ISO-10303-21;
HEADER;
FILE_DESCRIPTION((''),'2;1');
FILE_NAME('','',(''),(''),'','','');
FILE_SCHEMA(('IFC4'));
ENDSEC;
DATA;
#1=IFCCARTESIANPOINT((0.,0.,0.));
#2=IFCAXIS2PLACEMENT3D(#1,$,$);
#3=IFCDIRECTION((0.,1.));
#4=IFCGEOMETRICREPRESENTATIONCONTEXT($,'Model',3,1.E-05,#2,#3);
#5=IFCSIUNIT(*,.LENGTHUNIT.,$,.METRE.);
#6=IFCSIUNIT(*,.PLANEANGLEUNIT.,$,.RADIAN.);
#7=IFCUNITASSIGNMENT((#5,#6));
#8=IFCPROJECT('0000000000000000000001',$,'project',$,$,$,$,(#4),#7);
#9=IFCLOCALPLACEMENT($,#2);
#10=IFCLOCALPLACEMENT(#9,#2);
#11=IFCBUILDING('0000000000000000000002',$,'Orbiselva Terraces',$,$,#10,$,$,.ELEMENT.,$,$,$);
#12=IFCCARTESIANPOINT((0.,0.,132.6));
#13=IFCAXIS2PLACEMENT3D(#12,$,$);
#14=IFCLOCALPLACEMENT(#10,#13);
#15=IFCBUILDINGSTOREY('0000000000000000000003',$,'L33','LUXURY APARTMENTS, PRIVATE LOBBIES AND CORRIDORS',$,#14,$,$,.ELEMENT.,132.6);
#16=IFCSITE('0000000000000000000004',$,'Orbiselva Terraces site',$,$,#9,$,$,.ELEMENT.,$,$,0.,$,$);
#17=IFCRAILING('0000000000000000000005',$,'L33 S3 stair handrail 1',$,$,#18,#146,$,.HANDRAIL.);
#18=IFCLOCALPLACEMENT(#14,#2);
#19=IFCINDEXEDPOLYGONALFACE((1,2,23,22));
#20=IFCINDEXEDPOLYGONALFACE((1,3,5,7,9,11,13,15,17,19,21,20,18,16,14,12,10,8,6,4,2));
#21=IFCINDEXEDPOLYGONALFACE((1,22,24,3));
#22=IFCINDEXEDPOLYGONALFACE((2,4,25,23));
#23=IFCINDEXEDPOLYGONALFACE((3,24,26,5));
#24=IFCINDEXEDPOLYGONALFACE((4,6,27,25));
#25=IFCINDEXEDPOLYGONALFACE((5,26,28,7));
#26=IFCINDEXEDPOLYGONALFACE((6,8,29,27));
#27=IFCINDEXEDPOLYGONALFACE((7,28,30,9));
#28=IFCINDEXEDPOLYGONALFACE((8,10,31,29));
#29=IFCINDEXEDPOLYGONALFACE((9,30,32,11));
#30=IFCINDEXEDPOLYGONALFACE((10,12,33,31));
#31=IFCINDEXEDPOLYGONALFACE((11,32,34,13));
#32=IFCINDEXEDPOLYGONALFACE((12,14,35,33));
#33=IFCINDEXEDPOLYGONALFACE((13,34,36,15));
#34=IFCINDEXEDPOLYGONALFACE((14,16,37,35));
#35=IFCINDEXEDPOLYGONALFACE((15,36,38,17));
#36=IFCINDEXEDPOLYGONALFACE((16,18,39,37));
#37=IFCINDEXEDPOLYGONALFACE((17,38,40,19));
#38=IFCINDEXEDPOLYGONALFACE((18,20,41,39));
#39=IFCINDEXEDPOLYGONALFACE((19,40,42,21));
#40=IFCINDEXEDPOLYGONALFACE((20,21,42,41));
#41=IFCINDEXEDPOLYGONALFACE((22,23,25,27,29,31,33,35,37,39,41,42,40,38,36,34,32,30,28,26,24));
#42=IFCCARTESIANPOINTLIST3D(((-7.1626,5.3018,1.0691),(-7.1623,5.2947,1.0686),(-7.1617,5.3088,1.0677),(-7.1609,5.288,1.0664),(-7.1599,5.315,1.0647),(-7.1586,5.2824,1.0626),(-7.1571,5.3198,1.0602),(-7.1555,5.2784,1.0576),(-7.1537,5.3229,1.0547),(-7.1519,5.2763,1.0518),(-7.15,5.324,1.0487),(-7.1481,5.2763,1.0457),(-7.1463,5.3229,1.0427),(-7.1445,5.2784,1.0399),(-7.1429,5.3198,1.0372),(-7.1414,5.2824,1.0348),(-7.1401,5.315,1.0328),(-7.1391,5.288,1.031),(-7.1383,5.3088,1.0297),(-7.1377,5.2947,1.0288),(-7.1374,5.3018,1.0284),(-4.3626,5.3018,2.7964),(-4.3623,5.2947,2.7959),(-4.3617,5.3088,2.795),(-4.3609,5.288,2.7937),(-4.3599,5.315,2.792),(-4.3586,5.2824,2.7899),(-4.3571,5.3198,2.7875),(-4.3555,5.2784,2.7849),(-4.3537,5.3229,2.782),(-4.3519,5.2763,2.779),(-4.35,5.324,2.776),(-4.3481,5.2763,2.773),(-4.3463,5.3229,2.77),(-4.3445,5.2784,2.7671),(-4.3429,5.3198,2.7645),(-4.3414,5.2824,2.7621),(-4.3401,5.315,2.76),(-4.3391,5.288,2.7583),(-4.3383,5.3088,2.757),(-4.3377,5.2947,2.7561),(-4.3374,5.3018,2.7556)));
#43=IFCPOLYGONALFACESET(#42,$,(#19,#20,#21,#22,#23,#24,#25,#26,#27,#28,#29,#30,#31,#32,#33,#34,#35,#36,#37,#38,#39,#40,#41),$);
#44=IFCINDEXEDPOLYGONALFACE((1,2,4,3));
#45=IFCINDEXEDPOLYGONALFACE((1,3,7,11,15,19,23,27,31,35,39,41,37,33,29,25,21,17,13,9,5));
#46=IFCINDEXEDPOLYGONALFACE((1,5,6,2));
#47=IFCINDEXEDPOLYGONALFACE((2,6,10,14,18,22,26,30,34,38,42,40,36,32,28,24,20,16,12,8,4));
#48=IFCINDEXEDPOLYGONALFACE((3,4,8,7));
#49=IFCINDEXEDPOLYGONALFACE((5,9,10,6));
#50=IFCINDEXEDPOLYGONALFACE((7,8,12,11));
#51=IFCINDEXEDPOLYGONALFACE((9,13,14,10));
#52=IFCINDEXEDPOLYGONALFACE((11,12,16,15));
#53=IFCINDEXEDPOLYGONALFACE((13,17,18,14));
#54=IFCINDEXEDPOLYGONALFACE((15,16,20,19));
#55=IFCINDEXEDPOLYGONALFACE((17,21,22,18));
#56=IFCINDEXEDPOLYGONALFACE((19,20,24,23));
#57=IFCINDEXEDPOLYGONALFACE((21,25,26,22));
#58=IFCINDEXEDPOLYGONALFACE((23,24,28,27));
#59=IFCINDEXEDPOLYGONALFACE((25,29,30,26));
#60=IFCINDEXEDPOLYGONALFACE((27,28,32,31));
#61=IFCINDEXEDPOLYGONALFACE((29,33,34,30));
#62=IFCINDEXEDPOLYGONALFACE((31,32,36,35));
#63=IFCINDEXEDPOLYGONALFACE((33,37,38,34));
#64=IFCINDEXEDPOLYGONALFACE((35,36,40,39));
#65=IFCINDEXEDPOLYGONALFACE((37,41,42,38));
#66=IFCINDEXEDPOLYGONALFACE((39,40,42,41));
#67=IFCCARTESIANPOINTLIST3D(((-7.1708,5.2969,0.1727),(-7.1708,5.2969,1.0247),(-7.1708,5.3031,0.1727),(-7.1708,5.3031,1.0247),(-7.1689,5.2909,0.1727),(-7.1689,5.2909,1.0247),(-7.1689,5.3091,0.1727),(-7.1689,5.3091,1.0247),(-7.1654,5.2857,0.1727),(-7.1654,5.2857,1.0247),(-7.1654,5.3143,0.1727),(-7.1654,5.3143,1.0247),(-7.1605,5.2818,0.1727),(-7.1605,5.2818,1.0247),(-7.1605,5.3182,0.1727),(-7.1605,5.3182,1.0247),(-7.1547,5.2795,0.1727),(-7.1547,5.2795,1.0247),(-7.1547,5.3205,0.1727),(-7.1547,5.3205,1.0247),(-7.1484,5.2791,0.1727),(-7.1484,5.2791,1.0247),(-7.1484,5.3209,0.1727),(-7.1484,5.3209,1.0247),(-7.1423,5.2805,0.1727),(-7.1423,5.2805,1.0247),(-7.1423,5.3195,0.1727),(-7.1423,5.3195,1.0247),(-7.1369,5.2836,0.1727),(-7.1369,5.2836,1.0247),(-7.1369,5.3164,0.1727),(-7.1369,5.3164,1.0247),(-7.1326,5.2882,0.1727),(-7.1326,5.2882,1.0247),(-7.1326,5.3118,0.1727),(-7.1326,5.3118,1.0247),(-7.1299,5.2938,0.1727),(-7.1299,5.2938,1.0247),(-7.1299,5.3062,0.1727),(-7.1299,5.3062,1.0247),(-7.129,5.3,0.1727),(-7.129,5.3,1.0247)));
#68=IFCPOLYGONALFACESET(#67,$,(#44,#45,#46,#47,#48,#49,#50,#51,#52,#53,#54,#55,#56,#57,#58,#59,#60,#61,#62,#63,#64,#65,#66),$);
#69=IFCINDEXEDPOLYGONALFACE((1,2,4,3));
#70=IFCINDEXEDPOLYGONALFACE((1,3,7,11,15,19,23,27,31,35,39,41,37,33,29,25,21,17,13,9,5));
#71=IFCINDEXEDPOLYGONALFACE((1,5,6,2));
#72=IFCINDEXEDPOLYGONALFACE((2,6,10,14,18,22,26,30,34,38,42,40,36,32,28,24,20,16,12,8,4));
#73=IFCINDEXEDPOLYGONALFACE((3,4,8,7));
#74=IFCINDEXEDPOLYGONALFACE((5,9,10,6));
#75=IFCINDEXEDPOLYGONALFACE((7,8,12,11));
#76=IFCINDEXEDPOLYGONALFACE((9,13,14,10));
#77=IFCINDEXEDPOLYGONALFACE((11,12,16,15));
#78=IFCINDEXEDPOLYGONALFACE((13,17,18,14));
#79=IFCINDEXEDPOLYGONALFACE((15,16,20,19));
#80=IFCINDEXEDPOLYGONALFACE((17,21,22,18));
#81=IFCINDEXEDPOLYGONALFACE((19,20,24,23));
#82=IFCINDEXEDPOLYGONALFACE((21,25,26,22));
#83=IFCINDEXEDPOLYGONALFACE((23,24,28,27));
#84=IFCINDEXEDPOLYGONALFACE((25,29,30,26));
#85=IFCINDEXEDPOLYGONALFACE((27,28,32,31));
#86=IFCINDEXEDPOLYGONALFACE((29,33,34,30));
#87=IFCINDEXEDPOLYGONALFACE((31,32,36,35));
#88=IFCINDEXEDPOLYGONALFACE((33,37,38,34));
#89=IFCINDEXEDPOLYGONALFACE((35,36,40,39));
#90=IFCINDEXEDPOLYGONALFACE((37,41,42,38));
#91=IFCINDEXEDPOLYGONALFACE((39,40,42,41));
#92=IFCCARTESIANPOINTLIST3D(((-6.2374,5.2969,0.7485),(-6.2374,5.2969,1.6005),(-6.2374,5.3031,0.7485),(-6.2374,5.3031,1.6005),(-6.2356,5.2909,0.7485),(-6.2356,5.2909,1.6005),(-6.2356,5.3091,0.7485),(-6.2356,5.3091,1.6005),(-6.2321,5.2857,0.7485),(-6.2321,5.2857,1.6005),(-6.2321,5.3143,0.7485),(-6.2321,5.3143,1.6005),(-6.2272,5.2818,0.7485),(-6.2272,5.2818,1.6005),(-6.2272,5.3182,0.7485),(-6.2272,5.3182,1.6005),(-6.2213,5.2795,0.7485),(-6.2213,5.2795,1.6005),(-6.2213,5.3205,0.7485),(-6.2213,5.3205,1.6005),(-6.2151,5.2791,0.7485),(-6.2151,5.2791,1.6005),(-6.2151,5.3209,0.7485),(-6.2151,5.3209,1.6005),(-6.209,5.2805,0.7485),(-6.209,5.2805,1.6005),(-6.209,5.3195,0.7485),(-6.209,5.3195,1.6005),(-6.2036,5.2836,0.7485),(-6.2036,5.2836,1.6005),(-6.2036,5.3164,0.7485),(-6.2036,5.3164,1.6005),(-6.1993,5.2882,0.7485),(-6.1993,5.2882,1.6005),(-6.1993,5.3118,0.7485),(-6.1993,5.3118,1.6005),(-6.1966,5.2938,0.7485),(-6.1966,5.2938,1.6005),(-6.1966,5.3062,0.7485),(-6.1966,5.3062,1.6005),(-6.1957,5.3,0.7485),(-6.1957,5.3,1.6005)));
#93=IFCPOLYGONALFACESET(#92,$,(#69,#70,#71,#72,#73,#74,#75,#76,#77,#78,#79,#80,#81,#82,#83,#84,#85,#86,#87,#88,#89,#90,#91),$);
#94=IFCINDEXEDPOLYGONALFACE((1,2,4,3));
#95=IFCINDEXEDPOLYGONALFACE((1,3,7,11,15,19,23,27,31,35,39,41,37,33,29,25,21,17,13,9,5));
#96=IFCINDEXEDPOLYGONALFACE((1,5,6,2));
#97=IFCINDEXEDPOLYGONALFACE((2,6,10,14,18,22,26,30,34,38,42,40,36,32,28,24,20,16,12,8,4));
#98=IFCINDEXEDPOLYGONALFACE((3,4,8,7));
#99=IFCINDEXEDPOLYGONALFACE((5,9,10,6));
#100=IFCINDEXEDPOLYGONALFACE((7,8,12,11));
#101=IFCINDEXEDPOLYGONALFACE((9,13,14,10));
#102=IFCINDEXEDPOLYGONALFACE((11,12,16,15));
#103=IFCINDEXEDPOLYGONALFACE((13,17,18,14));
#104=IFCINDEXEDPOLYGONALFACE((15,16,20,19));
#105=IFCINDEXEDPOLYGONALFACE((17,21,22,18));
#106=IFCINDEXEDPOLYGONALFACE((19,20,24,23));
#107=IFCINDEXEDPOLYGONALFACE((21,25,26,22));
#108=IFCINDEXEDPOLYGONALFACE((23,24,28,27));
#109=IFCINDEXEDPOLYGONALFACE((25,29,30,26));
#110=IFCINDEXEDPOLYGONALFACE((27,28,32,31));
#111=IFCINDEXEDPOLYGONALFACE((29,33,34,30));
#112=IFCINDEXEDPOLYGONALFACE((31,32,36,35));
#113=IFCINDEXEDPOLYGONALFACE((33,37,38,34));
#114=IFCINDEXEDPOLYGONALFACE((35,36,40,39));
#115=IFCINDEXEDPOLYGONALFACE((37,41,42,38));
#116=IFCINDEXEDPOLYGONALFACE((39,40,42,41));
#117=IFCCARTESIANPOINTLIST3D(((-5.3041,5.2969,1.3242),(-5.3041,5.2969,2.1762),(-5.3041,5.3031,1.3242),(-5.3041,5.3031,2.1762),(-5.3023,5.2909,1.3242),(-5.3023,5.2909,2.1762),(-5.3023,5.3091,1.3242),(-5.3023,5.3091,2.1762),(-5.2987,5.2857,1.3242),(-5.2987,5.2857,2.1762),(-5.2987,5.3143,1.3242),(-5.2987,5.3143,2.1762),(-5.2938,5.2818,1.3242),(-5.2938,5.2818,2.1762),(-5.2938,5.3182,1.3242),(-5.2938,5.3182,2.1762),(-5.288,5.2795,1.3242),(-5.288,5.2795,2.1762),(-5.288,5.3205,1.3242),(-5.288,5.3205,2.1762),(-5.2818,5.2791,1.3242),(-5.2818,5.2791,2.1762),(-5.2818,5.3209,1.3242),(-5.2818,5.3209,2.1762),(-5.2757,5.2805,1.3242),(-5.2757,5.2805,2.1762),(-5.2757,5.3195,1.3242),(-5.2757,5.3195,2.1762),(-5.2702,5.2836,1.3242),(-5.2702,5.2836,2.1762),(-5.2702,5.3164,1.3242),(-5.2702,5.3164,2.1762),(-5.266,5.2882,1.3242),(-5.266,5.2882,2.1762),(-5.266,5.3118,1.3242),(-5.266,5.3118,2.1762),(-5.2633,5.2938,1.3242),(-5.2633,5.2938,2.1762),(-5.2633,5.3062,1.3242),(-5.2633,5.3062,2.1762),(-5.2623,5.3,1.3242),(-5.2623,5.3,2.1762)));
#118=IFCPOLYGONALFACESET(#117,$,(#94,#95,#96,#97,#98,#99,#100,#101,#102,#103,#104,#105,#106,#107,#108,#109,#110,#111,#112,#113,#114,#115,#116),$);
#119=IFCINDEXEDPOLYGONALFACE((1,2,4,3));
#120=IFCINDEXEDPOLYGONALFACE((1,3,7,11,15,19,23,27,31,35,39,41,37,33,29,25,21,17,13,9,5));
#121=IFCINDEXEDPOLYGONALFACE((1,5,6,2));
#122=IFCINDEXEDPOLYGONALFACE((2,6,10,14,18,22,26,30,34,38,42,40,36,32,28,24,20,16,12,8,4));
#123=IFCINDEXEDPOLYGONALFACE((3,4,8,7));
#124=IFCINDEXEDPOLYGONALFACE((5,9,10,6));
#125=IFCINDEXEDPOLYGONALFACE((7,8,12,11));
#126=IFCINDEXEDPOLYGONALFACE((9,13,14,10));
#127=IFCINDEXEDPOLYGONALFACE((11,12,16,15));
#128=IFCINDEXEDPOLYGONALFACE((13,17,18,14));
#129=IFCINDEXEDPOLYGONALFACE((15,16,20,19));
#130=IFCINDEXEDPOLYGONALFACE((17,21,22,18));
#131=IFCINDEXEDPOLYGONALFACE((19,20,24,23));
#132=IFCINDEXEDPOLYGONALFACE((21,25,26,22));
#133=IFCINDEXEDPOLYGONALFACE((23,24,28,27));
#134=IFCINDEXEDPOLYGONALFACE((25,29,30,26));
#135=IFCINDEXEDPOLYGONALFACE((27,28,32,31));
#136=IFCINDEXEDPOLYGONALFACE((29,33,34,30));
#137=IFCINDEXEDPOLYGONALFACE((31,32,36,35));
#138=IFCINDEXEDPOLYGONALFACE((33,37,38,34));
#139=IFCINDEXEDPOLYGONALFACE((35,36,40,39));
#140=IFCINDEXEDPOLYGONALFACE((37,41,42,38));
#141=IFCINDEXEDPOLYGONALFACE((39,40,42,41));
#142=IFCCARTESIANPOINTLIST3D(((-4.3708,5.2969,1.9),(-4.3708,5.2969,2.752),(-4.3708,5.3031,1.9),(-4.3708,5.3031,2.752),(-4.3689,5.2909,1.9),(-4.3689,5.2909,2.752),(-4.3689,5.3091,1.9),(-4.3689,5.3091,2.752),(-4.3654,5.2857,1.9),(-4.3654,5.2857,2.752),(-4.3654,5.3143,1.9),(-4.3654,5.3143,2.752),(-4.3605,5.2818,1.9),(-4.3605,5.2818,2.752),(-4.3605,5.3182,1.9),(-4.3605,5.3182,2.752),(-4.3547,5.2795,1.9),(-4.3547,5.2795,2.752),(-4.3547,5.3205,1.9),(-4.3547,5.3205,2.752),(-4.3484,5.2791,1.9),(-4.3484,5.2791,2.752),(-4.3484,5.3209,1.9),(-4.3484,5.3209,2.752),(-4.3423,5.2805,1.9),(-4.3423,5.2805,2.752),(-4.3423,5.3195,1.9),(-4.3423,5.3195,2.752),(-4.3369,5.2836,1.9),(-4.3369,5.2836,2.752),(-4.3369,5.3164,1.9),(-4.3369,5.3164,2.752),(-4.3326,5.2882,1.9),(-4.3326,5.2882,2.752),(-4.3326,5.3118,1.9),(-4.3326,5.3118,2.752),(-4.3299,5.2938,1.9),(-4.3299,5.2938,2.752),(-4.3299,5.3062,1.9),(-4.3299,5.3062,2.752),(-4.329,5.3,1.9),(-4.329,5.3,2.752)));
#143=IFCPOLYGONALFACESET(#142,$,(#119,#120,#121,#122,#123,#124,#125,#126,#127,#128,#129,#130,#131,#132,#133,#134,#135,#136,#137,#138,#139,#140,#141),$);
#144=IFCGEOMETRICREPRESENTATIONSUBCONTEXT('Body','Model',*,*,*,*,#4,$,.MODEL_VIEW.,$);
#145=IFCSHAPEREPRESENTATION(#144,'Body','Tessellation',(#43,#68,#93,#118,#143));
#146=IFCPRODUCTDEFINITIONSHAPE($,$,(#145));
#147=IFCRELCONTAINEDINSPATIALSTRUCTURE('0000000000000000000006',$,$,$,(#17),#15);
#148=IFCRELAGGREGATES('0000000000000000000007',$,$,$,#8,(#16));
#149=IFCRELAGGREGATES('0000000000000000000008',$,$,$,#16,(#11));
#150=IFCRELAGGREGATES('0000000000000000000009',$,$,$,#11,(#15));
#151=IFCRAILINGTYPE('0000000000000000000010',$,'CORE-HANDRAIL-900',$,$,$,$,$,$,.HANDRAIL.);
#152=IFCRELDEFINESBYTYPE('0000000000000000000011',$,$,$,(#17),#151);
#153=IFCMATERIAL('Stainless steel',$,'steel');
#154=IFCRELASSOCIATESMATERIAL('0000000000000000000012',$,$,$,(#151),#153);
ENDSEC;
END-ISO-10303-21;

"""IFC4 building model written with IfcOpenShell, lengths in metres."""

from ifc_helpers import new_model, si_unit, direction, frame, origin, origin_2d, place, context, subcontext, project, spatial, circle, extrude, material, type_object, element, save


model = new_model("IFC4")

# Units and contexts
model_context = context("Model", 3, precision=1e-05, world=origin(), true_north=direction((0.0, 1.0)))
body_context = subcontext(model_context, "Body", "Model", "MODEL_VIEW")
ifc_project = project(units=[si_unit("LENGTHUNIT", "METRE"), si_unit("PLANEANGLEUNIT", "RADIAN")], contexts=[model_context])

# Site, building, storey
site_placement = place(None, origin())
site = spatial("IfcSite", under=ifc_project, at=site_placement, Name="Orbiselva Terraces site", CompositionType="ELEMENT", RefElevation=0.0)
building_placement = place(site_placement, origin())
building = spatial("IfcBuilding", under=site, at=building_placement, Name="Orbiselva Terraces", CompositionType="ELEMENT")
storey_placement = place(building_placement, frame((0.0, 0.0, 132.6)))
storey = spatial("IfcBuildingStorey", under=building, at=storey_placement, Name="L33", Description="LUXURY APARTMENTS, PRIVATE LOBBIES AND CORRIDORS", CompositionType="ELEMENT", Elevation=132.6)

# Railing
ifc_material_1 = material(Name="Stainless steel", Category="steel")
railing_type_1 = type_object("IfcRailingType", Name="CORE-HANDRAIL-900", PredefinedType="HANDRAIL", material=ifc_material_1)
railing_1_placement = place(storey_placement, frame((-7.15, 5.3, 0.1727)))
element("IfcRailing", 1, at=railing_1_placement, inside=storey, type_object=railing_type_1, Name="L33 S3 stair handrail 1", PredefinedType="HANDRAIL", context=body_context, shape_type="SweptSolid", body=[
    extrude(circle(Radius=0.024, at=origin_2d()), frame((0.0, 0.0, 0.876), z_axis=(0.851089, 0.0, 0.525022), x_axis=(0.0, 1.0, 0.0)), (0.0, 0.0, 1.0), 3.2899),
    extrude(circle(Radius=0.021, at=origin_2d()), origin(), (0.0, 0.0, 1.0), 0.852),
    extrude(circle(Radius=0.021, at=origin_2d()), frame((0.9333, 0.0, 0.5758)), (0.0, 0.0, 1.0), 0.852),
    extrude(circle(Radius=0.021, at=origin_2d()), frame((1.8667, 0.0, 1.1515)), (0.0, 0.0, 1.0), 0.852),
    extrude(circle(Radius=0.021, at=origin_2d()), frame((2.8, 0.0, 1.7273)), (0.0, 0.0, 1.0), 0.852),
])

save(model, "model.ifc")
